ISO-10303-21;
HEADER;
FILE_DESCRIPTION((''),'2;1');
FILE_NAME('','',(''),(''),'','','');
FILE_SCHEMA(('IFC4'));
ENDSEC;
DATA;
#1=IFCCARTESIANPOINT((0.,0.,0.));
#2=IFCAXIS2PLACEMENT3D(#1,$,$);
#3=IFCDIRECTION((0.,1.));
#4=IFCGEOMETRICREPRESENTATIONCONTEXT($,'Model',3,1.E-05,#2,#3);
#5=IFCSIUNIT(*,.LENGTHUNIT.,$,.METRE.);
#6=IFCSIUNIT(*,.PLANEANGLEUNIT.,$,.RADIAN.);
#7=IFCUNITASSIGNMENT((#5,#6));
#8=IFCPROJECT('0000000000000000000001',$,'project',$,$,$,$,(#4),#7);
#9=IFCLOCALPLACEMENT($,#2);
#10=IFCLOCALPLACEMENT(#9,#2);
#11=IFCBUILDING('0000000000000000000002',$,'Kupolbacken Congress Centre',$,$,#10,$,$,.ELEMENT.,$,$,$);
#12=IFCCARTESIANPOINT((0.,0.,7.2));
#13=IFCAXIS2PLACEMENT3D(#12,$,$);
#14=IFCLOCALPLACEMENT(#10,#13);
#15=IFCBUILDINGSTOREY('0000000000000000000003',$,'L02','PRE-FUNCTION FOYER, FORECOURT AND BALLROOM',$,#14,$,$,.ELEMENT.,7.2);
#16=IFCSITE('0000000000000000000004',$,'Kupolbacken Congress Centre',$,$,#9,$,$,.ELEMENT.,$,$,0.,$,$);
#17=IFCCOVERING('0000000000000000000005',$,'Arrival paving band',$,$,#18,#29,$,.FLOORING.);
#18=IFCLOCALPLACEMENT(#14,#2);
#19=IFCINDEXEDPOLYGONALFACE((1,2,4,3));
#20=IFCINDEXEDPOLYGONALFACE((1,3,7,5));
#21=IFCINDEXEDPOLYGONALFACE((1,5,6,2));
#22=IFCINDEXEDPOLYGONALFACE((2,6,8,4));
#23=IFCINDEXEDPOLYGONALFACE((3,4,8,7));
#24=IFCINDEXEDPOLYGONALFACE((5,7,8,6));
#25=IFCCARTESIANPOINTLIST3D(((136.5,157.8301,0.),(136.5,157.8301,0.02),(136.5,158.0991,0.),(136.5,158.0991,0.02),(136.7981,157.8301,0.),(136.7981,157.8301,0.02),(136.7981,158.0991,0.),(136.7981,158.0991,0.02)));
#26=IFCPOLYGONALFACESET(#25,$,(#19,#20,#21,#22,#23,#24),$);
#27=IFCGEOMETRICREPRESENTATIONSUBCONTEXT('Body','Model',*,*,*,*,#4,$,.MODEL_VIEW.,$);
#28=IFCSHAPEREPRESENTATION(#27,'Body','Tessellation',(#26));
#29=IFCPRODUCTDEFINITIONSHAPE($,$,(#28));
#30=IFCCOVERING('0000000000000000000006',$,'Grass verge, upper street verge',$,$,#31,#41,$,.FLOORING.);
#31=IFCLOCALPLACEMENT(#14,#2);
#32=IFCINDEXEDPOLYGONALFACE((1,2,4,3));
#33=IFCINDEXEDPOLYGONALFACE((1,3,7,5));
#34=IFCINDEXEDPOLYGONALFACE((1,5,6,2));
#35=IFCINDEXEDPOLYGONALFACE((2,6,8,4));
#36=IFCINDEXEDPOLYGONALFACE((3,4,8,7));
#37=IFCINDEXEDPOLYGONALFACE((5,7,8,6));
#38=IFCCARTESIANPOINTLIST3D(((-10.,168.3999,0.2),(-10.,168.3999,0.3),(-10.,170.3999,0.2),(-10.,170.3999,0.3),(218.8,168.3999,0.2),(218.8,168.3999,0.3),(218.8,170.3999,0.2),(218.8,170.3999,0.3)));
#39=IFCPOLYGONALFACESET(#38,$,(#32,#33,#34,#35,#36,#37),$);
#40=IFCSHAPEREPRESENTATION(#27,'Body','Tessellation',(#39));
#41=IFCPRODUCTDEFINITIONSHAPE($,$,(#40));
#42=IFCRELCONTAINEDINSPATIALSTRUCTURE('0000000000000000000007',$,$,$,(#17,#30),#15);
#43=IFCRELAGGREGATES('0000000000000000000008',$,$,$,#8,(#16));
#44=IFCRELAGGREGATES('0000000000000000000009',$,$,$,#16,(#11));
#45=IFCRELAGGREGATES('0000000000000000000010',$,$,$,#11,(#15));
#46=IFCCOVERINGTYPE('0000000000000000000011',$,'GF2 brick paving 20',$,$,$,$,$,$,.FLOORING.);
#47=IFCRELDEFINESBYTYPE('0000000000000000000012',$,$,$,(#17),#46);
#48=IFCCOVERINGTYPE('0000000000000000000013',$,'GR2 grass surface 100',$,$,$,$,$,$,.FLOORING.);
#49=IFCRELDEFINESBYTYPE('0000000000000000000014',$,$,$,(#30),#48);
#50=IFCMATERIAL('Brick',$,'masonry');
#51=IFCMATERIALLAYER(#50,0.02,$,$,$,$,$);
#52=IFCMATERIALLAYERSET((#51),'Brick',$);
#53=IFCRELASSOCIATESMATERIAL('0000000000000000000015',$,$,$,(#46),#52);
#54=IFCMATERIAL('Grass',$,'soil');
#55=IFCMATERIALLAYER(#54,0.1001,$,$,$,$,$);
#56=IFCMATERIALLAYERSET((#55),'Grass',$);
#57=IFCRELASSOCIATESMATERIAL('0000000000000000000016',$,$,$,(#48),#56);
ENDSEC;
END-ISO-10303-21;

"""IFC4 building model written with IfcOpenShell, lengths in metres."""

from ifc_helpers import new_model, si_unit, direction, frame, origin, place, context, subcontext, project, spatial, polyline, outline, extrude, material, layer, layer_set, type_object, element, save


model = new_model("IFC4")

# Units and contexts
model_context = context("Model", 3, precision=1e-05, world=origin(), true_north=direction((0.0, 1.0)))
body_context = subcontext(model_context, "Body", "Model", "MODEL_VIEW")
ifc_project = project(units=[si_unit("LENGTHUNIT", "METRE"), si_unit("PLANEANGLEUNIT", "RADIAN")], contexts=[model_context])

# Site, building, storey
site_placement = place(None, origin())
site = spatial("IfcSite", under=ifc_project, at=site_placement, Name="Kupolbacken Congress Centre", CompositionType="ELEMENT", RefElevation=0.0)
building_placement = place(site_placement, origin())
building = spatial("IfcBuilding", under=site, at=building_placement, Name="Kupolbacken Congress Centre", CompositionType="ELEMENT")
storey_placement = place(building_placement, frame((0.0, 0.0, 7.2)))
storey = spatial("IfcBuildingStorey", under=building, at=storey_placement, Name="L02", Description="PRE-FUNCTION FOYER, FORECOURT AND BALLROOM", CompositionType="ELEMENT", Elevation=7.2)

# Coverings
ifc_material_1 = material(Name="Brick", Category="masonry")
ifc_layer_1 = layer(ifc_material_1, 0.02)
ifc_layer_set_1 = layer_set([ifc_layer_1], Name="Brick")
covering_type_1 = type_object("IfcCoveringType", Name="GF2 brick paving 20", PredefinedType="FLOORING", material=ifc_layer_set_1)
covering_1_placement = place(storey_placement, origin())
element("IfcCovering", 1, at=covering_1_placement, inside=storey, type_object=covering_type_1, Name="Arrival paving band", PredefinedType="FLOORING", context=body_context, shape_type="SweptSolid", body=[
    extrude(outline(polyline([(136.5, 158.0991), (136.7981, 158.0991), (136.7981, 157.8301), (136.5, 157.8301), (136.5, 158.0991)])), origin(), (0.0, 0.0, 1.0), 0.02),
])
ifc_material_2 = material(Name="Grass", Category="soil")
ifc_layer_2 = layer(ifc_material_2, 0.1001)
ifc_layer_set_2 = layer_set([ifc_layer_2], Name="Grass")
covering_type_2 = type_object("IfcCoveringType", Name="GR2 grass surface 100", PredefinedType="FLOORING", material=ifc_layer_set_2)
covering_2_placement = place(storey_placement, frame((0.0, 0.0, 0.2)))
element("IfcCovering", 2, at=covering_2_placement, inside=storey, type_object=covering_type_2, Name="Grass verge, upper street verge", PredefinedType="FLOORING", context=body_context, shape_type="SweptSolid", body=[
    extrude(outline(polyline([(-10.0, 168.3999), (-10.0, 170.3999), (218.8, 170.3999), (218.8, 168.3999), (-10.0, 168.3999)])), origin(), (0.0, 0.0, 1.0), 0.1001),
])

save(model, "model.ifc")
